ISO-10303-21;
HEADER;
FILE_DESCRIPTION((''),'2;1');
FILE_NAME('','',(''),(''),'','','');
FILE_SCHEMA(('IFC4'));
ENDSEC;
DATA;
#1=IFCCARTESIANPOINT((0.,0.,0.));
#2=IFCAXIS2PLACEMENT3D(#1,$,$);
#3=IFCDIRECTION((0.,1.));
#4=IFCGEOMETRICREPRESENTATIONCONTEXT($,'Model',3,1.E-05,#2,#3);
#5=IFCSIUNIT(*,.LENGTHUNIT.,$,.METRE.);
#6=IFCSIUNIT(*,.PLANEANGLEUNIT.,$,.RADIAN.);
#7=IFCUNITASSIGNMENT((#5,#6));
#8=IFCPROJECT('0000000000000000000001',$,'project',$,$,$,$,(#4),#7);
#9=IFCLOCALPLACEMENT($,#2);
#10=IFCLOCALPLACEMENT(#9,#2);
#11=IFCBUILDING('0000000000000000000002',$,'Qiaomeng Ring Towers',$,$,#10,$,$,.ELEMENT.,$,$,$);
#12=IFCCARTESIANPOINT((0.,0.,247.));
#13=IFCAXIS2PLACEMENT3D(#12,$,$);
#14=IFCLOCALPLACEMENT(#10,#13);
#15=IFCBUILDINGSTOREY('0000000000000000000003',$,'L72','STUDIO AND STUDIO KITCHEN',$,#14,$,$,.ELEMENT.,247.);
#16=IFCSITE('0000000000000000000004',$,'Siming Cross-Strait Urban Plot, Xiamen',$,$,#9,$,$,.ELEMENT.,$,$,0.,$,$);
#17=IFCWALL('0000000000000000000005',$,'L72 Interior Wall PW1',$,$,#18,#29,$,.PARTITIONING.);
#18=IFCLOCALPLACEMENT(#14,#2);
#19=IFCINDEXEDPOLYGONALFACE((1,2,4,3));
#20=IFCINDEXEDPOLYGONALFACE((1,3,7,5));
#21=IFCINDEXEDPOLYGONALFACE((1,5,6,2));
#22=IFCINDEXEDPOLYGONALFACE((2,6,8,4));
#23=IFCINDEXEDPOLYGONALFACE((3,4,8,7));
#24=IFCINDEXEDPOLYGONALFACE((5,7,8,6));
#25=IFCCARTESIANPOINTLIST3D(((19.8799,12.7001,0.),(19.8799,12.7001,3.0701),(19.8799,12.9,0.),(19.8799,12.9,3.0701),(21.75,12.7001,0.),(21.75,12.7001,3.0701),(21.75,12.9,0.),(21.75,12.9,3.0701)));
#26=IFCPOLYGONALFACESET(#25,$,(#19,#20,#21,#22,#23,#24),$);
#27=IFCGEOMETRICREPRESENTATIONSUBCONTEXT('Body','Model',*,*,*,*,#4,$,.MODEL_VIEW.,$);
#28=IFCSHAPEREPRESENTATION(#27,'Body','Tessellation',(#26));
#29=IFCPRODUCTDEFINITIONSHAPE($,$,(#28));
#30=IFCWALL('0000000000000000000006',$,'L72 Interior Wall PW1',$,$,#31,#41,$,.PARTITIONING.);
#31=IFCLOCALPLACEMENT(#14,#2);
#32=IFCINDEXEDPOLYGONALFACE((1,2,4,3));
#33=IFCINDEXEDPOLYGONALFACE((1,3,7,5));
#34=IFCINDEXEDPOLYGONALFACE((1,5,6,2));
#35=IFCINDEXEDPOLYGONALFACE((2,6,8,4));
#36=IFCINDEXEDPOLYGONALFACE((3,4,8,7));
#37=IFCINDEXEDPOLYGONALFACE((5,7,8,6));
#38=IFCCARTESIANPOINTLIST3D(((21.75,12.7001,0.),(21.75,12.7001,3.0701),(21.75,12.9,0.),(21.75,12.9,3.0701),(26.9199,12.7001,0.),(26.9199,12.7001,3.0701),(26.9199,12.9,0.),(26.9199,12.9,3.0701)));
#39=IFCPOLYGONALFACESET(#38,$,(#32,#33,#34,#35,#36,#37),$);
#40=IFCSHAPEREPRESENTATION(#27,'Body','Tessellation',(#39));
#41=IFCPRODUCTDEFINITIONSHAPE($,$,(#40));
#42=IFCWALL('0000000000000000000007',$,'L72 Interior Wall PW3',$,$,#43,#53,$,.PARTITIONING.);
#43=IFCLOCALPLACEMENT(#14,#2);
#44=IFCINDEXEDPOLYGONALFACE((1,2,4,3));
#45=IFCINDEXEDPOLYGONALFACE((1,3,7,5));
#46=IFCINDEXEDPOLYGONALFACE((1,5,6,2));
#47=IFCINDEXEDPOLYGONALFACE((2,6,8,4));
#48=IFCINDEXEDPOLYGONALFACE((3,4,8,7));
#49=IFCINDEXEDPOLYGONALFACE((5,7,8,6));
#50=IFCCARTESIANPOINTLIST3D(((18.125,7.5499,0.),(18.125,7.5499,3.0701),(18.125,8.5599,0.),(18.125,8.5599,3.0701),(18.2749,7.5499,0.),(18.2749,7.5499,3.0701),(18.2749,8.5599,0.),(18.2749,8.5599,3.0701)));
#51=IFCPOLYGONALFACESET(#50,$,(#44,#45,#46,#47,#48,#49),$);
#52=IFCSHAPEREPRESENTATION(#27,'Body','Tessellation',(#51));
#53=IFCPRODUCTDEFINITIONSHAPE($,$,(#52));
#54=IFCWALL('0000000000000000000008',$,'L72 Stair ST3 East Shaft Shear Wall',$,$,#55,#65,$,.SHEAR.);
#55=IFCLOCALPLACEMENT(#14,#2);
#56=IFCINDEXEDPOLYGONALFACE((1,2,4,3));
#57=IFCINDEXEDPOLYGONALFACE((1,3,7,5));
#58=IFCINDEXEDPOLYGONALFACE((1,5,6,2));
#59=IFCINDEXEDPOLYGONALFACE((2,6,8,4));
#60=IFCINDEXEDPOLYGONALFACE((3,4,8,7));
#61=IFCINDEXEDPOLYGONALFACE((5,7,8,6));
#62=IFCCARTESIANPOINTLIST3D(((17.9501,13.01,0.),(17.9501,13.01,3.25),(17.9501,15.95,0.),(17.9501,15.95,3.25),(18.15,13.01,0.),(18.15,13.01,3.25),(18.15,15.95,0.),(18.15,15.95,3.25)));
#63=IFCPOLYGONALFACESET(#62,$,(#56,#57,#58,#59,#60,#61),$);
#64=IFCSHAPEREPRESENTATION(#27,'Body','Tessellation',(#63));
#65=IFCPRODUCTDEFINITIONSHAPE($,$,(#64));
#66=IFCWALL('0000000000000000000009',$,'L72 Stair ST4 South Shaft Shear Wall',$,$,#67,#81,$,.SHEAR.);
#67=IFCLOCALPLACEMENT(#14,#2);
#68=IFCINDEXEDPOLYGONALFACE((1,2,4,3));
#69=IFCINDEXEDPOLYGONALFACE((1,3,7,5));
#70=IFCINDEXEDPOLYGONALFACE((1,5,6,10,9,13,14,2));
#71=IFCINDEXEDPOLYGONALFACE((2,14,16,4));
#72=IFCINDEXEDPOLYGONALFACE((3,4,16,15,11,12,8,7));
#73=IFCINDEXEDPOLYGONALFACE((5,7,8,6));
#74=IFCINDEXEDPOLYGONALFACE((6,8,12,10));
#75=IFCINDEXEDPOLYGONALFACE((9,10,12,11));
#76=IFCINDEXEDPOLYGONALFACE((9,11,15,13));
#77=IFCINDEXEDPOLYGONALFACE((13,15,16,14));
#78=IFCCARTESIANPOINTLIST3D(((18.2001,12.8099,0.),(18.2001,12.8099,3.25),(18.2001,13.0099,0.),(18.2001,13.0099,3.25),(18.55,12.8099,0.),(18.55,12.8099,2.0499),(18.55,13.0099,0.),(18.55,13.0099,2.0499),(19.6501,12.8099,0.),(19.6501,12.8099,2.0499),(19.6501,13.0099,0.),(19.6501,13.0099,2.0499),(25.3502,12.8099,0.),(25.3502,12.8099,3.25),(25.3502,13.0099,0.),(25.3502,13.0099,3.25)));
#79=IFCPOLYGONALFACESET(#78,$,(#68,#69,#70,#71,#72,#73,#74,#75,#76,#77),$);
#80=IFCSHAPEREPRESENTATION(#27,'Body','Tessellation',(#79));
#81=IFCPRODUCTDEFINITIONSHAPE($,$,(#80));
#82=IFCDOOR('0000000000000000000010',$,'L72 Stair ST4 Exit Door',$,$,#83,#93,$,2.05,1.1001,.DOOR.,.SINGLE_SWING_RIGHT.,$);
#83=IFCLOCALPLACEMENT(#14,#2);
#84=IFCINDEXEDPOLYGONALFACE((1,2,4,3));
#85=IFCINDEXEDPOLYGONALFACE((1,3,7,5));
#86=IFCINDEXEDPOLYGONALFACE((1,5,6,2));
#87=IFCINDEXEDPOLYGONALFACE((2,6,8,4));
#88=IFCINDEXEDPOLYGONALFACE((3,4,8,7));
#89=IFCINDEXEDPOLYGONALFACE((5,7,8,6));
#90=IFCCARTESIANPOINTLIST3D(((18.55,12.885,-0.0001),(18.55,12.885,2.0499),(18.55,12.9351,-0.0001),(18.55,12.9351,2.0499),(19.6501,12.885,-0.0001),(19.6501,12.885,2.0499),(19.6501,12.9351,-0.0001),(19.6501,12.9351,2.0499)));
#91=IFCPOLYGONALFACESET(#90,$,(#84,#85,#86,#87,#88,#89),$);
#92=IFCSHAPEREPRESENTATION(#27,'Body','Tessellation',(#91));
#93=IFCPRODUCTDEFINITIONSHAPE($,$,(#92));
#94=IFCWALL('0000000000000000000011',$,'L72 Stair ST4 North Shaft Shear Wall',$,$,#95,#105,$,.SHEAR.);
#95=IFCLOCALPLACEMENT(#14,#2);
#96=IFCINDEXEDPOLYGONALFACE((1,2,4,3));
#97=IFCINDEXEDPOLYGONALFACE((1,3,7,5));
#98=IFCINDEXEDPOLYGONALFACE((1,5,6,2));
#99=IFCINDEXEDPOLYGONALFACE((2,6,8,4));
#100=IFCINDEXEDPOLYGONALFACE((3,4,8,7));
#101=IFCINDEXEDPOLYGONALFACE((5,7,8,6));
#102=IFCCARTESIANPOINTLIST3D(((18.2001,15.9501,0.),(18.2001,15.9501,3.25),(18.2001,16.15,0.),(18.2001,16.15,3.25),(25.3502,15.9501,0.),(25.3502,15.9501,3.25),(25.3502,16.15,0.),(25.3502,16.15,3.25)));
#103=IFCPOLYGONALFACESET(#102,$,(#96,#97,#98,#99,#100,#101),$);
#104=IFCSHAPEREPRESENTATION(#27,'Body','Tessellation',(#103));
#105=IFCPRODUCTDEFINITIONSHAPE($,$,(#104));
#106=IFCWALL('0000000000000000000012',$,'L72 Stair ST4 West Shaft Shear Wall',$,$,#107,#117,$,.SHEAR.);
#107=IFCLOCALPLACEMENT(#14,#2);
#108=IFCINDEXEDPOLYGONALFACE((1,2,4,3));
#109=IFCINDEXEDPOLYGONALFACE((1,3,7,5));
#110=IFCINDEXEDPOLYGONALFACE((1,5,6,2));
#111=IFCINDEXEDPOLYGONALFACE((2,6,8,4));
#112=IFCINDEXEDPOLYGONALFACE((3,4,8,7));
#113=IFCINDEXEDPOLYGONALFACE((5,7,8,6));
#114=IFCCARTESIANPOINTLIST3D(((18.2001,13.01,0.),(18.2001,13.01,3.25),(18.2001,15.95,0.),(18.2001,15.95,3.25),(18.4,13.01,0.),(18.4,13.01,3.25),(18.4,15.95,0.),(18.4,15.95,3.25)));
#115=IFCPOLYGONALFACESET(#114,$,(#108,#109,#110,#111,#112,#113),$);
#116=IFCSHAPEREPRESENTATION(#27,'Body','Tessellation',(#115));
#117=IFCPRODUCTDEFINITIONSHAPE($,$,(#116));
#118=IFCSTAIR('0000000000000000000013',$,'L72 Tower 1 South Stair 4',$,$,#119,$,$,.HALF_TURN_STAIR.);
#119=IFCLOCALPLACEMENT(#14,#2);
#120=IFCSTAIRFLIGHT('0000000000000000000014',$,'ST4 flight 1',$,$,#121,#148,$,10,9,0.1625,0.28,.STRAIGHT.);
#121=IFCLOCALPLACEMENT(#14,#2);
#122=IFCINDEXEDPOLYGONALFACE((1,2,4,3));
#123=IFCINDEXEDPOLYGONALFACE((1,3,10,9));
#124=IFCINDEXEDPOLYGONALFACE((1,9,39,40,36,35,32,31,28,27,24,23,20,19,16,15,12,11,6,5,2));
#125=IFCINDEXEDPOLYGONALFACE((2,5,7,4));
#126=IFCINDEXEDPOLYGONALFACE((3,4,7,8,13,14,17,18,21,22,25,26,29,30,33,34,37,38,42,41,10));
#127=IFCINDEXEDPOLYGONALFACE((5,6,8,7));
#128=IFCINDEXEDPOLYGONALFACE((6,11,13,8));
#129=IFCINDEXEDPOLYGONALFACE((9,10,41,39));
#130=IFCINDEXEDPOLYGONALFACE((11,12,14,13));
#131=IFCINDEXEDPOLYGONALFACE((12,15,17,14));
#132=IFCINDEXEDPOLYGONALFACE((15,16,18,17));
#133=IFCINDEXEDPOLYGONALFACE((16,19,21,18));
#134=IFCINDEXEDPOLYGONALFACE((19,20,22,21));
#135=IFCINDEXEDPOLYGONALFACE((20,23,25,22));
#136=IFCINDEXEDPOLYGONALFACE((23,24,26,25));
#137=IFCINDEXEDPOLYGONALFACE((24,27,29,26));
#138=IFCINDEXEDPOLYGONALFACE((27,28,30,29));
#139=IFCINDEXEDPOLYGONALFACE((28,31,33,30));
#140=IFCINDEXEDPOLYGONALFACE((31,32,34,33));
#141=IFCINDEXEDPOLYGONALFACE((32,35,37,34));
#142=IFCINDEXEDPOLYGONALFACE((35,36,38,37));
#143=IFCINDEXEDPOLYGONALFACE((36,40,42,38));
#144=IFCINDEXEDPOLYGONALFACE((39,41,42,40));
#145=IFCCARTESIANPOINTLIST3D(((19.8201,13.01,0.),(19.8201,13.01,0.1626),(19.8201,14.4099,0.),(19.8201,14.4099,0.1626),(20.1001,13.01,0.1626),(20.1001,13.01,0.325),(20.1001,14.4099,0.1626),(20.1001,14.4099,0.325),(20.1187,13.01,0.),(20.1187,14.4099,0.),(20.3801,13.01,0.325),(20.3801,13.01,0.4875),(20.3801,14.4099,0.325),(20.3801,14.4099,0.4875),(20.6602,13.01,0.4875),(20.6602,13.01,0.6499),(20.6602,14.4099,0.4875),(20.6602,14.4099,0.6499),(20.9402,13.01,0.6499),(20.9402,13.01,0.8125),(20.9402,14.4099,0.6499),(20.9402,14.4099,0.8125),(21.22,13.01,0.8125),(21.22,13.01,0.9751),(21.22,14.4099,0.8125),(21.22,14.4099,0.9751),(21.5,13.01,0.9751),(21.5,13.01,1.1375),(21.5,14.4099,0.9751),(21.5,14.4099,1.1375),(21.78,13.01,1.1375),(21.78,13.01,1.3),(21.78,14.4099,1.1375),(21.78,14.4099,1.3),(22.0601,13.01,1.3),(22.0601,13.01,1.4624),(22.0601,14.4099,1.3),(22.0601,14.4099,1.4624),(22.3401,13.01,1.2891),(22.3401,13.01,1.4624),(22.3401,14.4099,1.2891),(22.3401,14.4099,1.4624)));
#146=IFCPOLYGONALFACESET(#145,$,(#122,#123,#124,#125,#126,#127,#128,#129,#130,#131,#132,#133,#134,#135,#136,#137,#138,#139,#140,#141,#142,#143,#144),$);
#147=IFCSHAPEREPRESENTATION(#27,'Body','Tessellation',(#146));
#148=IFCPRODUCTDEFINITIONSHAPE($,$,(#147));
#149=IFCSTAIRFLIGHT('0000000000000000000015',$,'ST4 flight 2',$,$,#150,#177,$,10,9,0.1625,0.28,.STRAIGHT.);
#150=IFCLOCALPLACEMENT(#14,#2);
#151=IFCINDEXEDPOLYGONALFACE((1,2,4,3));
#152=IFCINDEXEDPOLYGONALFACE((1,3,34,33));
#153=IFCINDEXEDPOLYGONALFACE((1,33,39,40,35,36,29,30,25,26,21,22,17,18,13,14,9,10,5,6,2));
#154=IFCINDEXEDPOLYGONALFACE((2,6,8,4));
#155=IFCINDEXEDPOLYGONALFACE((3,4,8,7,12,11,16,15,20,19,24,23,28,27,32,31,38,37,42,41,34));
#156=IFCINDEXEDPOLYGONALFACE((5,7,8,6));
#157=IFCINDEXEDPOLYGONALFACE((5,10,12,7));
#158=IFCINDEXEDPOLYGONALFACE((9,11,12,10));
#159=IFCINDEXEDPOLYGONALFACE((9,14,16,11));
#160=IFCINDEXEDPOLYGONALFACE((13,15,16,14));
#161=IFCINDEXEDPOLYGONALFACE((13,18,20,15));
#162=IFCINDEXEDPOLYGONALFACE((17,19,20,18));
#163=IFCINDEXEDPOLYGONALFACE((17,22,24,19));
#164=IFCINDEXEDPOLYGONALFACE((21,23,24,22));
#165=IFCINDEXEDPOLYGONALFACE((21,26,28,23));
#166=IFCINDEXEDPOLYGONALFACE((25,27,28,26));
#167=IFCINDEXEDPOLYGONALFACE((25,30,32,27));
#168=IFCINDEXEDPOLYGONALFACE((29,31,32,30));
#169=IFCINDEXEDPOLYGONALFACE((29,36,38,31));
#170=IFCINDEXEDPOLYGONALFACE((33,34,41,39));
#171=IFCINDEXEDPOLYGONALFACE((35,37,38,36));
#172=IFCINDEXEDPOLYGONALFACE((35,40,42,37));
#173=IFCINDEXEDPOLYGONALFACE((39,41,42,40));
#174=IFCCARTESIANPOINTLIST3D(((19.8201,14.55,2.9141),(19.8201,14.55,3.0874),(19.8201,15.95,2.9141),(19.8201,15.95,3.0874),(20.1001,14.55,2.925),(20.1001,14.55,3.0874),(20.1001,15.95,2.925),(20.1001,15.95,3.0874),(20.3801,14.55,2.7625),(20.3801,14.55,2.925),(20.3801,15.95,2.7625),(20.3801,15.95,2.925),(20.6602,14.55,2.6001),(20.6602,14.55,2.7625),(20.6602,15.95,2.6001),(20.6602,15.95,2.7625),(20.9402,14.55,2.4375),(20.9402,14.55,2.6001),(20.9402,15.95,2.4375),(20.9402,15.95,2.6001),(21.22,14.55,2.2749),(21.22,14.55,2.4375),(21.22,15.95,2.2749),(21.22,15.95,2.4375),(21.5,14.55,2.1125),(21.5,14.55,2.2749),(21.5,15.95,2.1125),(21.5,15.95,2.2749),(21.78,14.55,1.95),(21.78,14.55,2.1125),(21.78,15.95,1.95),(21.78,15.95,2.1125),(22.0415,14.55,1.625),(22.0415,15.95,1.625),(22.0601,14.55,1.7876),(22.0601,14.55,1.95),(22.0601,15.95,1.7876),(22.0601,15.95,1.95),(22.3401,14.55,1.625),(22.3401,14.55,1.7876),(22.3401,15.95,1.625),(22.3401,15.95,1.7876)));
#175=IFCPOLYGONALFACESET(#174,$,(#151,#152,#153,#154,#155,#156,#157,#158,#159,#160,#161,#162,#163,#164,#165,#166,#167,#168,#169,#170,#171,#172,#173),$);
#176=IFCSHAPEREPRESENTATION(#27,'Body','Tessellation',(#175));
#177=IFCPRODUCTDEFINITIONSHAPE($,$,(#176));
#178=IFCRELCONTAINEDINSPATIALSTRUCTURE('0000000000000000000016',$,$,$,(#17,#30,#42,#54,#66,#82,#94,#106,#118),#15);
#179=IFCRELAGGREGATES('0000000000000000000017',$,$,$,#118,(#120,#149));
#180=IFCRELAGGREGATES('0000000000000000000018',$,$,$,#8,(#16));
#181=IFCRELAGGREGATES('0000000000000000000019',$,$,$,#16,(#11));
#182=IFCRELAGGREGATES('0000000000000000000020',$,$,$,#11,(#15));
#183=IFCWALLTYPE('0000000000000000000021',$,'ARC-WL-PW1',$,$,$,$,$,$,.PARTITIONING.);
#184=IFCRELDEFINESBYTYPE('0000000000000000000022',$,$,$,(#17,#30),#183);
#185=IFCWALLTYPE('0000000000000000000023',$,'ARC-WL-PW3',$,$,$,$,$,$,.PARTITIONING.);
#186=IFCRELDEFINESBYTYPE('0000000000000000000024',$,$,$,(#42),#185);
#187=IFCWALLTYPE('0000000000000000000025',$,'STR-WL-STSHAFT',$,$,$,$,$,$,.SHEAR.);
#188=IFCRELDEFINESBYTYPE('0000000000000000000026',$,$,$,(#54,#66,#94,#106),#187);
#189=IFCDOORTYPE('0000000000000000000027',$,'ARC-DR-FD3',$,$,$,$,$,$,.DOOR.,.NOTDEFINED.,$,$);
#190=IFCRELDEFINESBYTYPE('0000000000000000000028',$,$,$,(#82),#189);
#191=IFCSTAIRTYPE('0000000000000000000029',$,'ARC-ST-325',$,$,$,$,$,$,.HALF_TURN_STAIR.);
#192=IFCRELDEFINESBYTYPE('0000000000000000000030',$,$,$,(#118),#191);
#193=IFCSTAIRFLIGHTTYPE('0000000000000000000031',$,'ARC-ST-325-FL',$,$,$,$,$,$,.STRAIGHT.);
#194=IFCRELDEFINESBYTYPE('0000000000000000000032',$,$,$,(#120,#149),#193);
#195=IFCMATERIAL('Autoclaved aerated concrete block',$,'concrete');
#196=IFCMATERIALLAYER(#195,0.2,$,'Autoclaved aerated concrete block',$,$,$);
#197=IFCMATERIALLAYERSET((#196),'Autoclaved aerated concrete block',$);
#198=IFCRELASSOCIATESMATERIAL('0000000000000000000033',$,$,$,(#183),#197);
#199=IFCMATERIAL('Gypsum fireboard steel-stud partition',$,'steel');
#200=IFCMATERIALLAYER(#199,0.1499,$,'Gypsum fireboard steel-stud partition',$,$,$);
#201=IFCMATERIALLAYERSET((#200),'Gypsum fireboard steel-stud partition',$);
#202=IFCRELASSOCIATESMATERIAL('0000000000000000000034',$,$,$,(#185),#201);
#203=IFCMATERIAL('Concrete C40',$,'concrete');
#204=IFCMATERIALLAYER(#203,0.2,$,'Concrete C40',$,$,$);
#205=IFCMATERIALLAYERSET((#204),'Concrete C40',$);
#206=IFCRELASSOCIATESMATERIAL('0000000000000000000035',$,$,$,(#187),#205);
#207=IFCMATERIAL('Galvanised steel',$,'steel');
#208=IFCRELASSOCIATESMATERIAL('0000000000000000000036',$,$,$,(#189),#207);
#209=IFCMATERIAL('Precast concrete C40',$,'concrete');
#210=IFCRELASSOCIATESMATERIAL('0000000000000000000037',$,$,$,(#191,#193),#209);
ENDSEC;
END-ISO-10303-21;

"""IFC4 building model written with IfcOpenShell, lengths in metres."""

from ifc_helpers import new_model, si_unit, direction, frame, frame_2d, origin, place, context, subcontext, project, spatial, polyline, rectangle, outline, extrude, source, transform, mapped, material, layer, layer_set, type_object, element, fill, aggregate, save


model = new_model("IFC4")

# Units and contexts
model_context = context("Model", 3, precision=1e-05, world=origin(), true_north=direction((0.0, 1.0)))
body_context = subcontext(model_context, "Body", "Model", "MODEL_VIEW")
ifc_project = project(units=[si_unit("LENGTHUNIT", "METRE"), si_unit("PLANEANGLEUNIT", "RADIAN")], contexts=[model_context])

# Site, building, storey
site_placement = place(None, origin())
site = spatial("IfcSite", under=ifc_project, at=site_placement, Name="Siming Cross-Strait Urban Plot, Xiamen", CompositionType="ELEMENT", RefElevation=0.0)
building_placement = place(site_placement, origin())
building = spatial("IfcBuilding", under=site, at=building_placement, Name="Qiaomeng Ring Towers", CompositionType="ELEMENT")
storey_placement = place(building_placement, frame((0.0, 0.0, 247.0)))
storey = spatial("IfcBuildingStorey", under=building, at=storey_placement, Name="L72", Description="STUDIO AND STUDIO KITCHEN", CompositionType="ELEMENT", Elevation=247.0)

# Walls
ifc_material_1 = material(Name="Autoclaved aerated concrete block", Category="concrete")
ifc_layer_1 = layer(ifc_material_1, 0.2, Name="Autoclaved aerated concrete block")
ifc_layer_set_1 = layer_set([ifc_layer_1], Name="Autoclaved aerated concrete block")
wall_type_1 = type_object("IfcWallType", Name="ARC-WL-PW1", PredefinedType="PARTITIONING", material=ifc_layer_set_1)
wall_1_placement = place(storey_placement, frame((19.8799, 12.8, 0.0), z_axis=(0.0, 0.0, 1.0), x_axis=(1.0, 0.0, 0.0)))
element("IfcWall", 1, at=wall_1_placement, inside=storey, type_object=wall_type_1, Name="L72 Interior Wall PW1", PredefinedType="PARTITIONING", context=body_context, shape_type="SweptSolid", body=[
    extrude(rectangle(XDim=1.8701, YDim=0.2, at=frame_2d((0.9351, 0.0))), origin(), (0.0, 0.0, 1.0), 3.0701),
])
wall_2_placement = place(storey_placement, frame((21.75, 12.8, 0.0), z_axis=(0.0, 0.0, 1.0), x_axis=(1.0, 0.0, 0.0)))
element("IfcWall", 2, at=wall_2_placement, inside=storey, type_object=wall_type_1, Name="L72 Interior Wall PW1", PredefinedType="PARTITIONING", context=body_context, shape_type="SweptSolid", body=[
    extrude(rectangle(XDim=5.1699, YDim=0.2, at=frame_2d((2.585, 0.0))), origin(), (0.0, 0.0, 1.0), 3.0701),
])
ifc_material_2 = material(Name="Gypsum fireboard steel-stud partition", Category="steel")
ifc_layer_2 = layer(ifc_material_2, 0.1499, Name="Gypsum fireboard steel-stud partition")
ifc_layer_set_2 = layer_set([ifc_layer_2], Name="Gypsum fireboard steel-stud partition")
wall_type_2 = type_object("IfcWallType", Name="ARC-WL-PW3", PredefinedType="PARTITIONING", material=ifc_layer_set_2)
wall_3_placement = place(storey_placement, frame((18.2, 7.55, 0.0), z_axis=(0.0, 0.0, 1.0), x_axis=(0.0, 1.0, 0.0)))
element("IfcWall", 3, at=wall_3_placement, inside=storey, type_object=wall_type_2, Name="L72 Interior Wall PW3", PredefinedType="PARTITIONING", context=body_context, shape_type="SweptSolid", body=[
    extrude(rectangle(XDim=1.01, YDim=0.1499, at=frame_2d((0.5049, 0.0))), origin(), (0.0, 0.0, 1.0), 3.0701),
])
ifc_material_3 = material(Name="Concrete C40", Category="concrete")
ifc_layer_3 = layer(ifc_material_3, 0.2, Name="Concrete C40")
ifc_layer_set_3 = layer_set([ifc_layer_3], Name="Concrete C40")
wall_type_3 = type_object("IfcWallType", Name="STR-WL-STSHAFT", PredefinedType="SHEAR", material=ifc_layer_set_3)
wall_4_placement = place(storey_placement, frame((18.05, 13.01, 0.0), z_axis=(0.0, 0.0, 1.0), x_axis=(0.0, 1.0, 0.0)))
element("IfcWall", 4, at=wall_4_placement, inside=storey, type_object=wall_type_3, Name="L72 Stair ST3 East Shaft Shear Wall", PredefinedType="SHEAR", context=body_context, shape_type="SweptSolid", body=[
    extrude(rectangle(XDim=2.9399, YDim=0.2, at=frame_2d((1.47, 0.0))), origin(), (0.0, 0.0, 1.0), 3.25),
])

# Wall, opening, door
wall_5_placement = place(storey_placement, frame((18.2, 12.9099, 0.0), z_axis=(0.0, 0.0, 1.0), x_axis=(1.0, 0.0, 0.0)))
wall_5 = element("IfcWall", 5, at=wall_5_placement, inside=storey, type_object=wall_type_3, Name="L72 Stair ST4 South Shaft Shear Wall", PredefinedType="SHEAR", context=body_context, shape_type="SweptSolid", body=[
    extrude(rectangle(XDim=7.1501, YDim=0.2, at=frame_2d((3.5752, 0.0))), origin(), (0.0, 0.0, 1.0), 3.25),
])
opening_placement = place(wall_5_placement, frame((0.3501, 0.0, 0.0)))
opening = element("IfcOpeningElement", 6, at=opening_placement, cuts=wall_5, PredefinedType="OPENING", context=body_context, shape_type="SweptSolid", body=[
    extrude(rectangle(XDim=1.1001, YDim=2.05, at=frame_2d((0.55, 1.0249))), frame((0.0, 0.1099, 0.0), z_axis=(0.0, -1.0, 0.0), x_axis=(1.0, 0.0, 0.0)), (0.0, 0.0, 1.0), 0.22),
])
ifc_material_4 = material(Name="Galvanised steel", Category="steel")
door_type = type_object("IfcDoorType", Name="ARC-DR-FD3", OperationType="NOTDEFINED", PredefinedType="DOOR", material=ifc_material_4)
shared_shape_1 = source(origin(), body_context, "Body", "SweptSolid", [
    extrude(rectangle(XDim=1.1001, YDim=2.05, at=frame_2d((0.55, 1.0249))), frame((0.0, 0.0249, 0.0), z_axis=(0.0, -1.0, 0.0), x_axis=(1.0, 0.0, 0.0)), (0.0, 0.0, 1.0), 0.05),
])
door_placement = place(opening_placement, frame((1.1001, 0.0, 0.0), z_axis=(0.0, 0.0, 1.0), x_axis=(-1.0, 0.0, 0.0)))
door = element("IfcDoor", 7, at=door_placement, inside=storey, type_object=door_type, Name="L72 Stair ST4 Exit Door", OperationType="SINGLE_SWING_RIGHT", OverallHeight=2.05, OverallWidth=1.1001, PredefinedType="DOOR", context=body_context, shape_type="MappedRepresentation", body=[
    mapped(shared_shape_1, transform((0.0, 0.0, 0.0), x_axis=(1.0, 0.0, 0.0), y_axis=(0.0, 1.0, 0.0), z_axis=(0.0, 0.0, 1.0), scale=1.0)),
])
fill(opening, door)

# Walls
wall_6_placement = place(storey_placement, frame((18.2, 16.05, 0.0), z_axis=(0.0, 0.0, 1.0), x_axis=(1.0, 0.0, 0.0)))
element("IfcWall", 8, at=wall_6_placement, inside=storey, type_object=wall_type_3, Name="L72 Stair ST4 North Shaft Shear Wall", PredefinedType="SHEAR", context=body_context, shape_type="SweptSolid", body=[
    extrude(rectangle(XDim=7.1501, YDim=0.2, at=frame_2d((3.5752, 0.0))), origin(), (0.0, 0.0, 1.0), 3.25),
])
wall_7_placement = place(storey_placement, frame((18.3, 13.01, 0.0), z_axis=(0.0, 0.0, 1.0), x_axis=(0.0, 1.0, 0.0)))
element("IfcWall", 9, at=wall_7_placement, inside=storey, type_object=wall_type_3, Name="L72 Stair ST4 West Shaft Shear Wall", PredefinedType="SHEAR", context=body_context, shape_type="SweptSolid", body=[
    extrude(rectangle(XDim=2.9399, YDim=0.2, at=frame_2d((1.47, 0.0))), origin(), (0.0, 0.0, 1.0), 3.25),
])

# Stair, stair flights
ifc_material_5 = material(Name="Precast concrete C40", Category="concrete")
stair_type = type_object("IfcStairType", Name="ARC-ST-325", PredefinedType="HALF_TURN_STAIR", material=ifc_material_5)
stair_placement = place(storey_placement, origin())
stair = element("IfcStair", 10, at=stair_placement, inside=storey, type_object=stair_type, Name="L72 Tower 1 South Stair 4", PredefinedType="HALF_TURN_STAIR")
stair_flight_type = type_object("IfcStairFlightType", Name="ARC-ST-325-FL", PredefinedType="STRAIGHT", material=ifc_material_5)
shared_shape_2 = source(origin(), body_context, "Body", "SweptSolid", [
    extrude(outline(polyline([(0.0, 0.0), (0.0, 0.1626), (0.28, 0.1626), (0.28, 0.325), (0.5601, 0.325), (0.5601, 0.4875), (0.8401, 0.4875), (0.8401, 0.6499), (1.1201, 0.6499), (1.1201, 0.8125), (1.3999, 0.8125), (1.3999, 0.9751), (1.6799, 0.9751), (1.6799, 1.1375), (1.96, 1.1375), (1.96, 1.3), (2.24, 1.3), (2.24, 1.4624), (2.52, 1.4624), (2.52, 1.625), (2.52, 1.2891), (0.2986, 0.0), (0.0, 0.0)])), frame((0.0, 0.7, 0.0), z_axis=(0.0, -1.0, 0.0), x_axis=(1.0, 0.0, 0.0)), (0.0, 0.0, 1.0), 1.3999),
])
stair_flight_1_placement = place(storey_placement, frame((19.8201, 13.71, 0.0), z_axis=(0.0, 0.0, 1.0), x_axis=(1.0, 0.0, 0.0)))
stair_flight_1 = element("IfcStairFlight", 11, at=stair_flight_1_placement, type_object=stair_flight_type, Name="ST4 flight 1", NumberOfRisers=10, NumberOfTreads=9, PredefinedType="STRAIGHT", RiserHeight=0.1625, TreadLength=0.28, context=body_context, shape_type="MappedRepresentation", body=[
    mapped(shared_shape_2, transform((0.0, 0.0, 0.0), x_axis=(1.0, 0.0, 0.0), y_axis=(0.0, 1.0, 0.0), z_axis=(0.0, 0.0, 1.0), scale=1.0)),
])
stair_flight_2_placement = place(storey_placement, frame((22.3401, 15.25, 1.625), z_axis=(0.0, 0.0, 1.0), x_axis=(-1.0, 0.0, 0.0)))
stair_flight_2 = element("IfcStairFlight", 12, at=stair_flight_2_placement, type_object=stair_flight_type, Name="ST4 flight 2", NumberOfRisers=10, NumberOfTreads=9, PredefinedType="STRAIGHT", RiserHeight=0.1625, TreadLength=0.28, context=body_context, shape_type="MappedRepresentation", body=[
    mapped(shared_shape_2, transform((0.0, 0.0, 0.0), x_axis=(1.0, 0.0, 0.0), y_axis=(0.0, 1.0, 0.0), z_axis=(0.0, 0.0, 1.0), scale=1.0)),
])
aggregate(stair, [stair_flight_1, stair_flight_2])

save(model, "model.ifc")
